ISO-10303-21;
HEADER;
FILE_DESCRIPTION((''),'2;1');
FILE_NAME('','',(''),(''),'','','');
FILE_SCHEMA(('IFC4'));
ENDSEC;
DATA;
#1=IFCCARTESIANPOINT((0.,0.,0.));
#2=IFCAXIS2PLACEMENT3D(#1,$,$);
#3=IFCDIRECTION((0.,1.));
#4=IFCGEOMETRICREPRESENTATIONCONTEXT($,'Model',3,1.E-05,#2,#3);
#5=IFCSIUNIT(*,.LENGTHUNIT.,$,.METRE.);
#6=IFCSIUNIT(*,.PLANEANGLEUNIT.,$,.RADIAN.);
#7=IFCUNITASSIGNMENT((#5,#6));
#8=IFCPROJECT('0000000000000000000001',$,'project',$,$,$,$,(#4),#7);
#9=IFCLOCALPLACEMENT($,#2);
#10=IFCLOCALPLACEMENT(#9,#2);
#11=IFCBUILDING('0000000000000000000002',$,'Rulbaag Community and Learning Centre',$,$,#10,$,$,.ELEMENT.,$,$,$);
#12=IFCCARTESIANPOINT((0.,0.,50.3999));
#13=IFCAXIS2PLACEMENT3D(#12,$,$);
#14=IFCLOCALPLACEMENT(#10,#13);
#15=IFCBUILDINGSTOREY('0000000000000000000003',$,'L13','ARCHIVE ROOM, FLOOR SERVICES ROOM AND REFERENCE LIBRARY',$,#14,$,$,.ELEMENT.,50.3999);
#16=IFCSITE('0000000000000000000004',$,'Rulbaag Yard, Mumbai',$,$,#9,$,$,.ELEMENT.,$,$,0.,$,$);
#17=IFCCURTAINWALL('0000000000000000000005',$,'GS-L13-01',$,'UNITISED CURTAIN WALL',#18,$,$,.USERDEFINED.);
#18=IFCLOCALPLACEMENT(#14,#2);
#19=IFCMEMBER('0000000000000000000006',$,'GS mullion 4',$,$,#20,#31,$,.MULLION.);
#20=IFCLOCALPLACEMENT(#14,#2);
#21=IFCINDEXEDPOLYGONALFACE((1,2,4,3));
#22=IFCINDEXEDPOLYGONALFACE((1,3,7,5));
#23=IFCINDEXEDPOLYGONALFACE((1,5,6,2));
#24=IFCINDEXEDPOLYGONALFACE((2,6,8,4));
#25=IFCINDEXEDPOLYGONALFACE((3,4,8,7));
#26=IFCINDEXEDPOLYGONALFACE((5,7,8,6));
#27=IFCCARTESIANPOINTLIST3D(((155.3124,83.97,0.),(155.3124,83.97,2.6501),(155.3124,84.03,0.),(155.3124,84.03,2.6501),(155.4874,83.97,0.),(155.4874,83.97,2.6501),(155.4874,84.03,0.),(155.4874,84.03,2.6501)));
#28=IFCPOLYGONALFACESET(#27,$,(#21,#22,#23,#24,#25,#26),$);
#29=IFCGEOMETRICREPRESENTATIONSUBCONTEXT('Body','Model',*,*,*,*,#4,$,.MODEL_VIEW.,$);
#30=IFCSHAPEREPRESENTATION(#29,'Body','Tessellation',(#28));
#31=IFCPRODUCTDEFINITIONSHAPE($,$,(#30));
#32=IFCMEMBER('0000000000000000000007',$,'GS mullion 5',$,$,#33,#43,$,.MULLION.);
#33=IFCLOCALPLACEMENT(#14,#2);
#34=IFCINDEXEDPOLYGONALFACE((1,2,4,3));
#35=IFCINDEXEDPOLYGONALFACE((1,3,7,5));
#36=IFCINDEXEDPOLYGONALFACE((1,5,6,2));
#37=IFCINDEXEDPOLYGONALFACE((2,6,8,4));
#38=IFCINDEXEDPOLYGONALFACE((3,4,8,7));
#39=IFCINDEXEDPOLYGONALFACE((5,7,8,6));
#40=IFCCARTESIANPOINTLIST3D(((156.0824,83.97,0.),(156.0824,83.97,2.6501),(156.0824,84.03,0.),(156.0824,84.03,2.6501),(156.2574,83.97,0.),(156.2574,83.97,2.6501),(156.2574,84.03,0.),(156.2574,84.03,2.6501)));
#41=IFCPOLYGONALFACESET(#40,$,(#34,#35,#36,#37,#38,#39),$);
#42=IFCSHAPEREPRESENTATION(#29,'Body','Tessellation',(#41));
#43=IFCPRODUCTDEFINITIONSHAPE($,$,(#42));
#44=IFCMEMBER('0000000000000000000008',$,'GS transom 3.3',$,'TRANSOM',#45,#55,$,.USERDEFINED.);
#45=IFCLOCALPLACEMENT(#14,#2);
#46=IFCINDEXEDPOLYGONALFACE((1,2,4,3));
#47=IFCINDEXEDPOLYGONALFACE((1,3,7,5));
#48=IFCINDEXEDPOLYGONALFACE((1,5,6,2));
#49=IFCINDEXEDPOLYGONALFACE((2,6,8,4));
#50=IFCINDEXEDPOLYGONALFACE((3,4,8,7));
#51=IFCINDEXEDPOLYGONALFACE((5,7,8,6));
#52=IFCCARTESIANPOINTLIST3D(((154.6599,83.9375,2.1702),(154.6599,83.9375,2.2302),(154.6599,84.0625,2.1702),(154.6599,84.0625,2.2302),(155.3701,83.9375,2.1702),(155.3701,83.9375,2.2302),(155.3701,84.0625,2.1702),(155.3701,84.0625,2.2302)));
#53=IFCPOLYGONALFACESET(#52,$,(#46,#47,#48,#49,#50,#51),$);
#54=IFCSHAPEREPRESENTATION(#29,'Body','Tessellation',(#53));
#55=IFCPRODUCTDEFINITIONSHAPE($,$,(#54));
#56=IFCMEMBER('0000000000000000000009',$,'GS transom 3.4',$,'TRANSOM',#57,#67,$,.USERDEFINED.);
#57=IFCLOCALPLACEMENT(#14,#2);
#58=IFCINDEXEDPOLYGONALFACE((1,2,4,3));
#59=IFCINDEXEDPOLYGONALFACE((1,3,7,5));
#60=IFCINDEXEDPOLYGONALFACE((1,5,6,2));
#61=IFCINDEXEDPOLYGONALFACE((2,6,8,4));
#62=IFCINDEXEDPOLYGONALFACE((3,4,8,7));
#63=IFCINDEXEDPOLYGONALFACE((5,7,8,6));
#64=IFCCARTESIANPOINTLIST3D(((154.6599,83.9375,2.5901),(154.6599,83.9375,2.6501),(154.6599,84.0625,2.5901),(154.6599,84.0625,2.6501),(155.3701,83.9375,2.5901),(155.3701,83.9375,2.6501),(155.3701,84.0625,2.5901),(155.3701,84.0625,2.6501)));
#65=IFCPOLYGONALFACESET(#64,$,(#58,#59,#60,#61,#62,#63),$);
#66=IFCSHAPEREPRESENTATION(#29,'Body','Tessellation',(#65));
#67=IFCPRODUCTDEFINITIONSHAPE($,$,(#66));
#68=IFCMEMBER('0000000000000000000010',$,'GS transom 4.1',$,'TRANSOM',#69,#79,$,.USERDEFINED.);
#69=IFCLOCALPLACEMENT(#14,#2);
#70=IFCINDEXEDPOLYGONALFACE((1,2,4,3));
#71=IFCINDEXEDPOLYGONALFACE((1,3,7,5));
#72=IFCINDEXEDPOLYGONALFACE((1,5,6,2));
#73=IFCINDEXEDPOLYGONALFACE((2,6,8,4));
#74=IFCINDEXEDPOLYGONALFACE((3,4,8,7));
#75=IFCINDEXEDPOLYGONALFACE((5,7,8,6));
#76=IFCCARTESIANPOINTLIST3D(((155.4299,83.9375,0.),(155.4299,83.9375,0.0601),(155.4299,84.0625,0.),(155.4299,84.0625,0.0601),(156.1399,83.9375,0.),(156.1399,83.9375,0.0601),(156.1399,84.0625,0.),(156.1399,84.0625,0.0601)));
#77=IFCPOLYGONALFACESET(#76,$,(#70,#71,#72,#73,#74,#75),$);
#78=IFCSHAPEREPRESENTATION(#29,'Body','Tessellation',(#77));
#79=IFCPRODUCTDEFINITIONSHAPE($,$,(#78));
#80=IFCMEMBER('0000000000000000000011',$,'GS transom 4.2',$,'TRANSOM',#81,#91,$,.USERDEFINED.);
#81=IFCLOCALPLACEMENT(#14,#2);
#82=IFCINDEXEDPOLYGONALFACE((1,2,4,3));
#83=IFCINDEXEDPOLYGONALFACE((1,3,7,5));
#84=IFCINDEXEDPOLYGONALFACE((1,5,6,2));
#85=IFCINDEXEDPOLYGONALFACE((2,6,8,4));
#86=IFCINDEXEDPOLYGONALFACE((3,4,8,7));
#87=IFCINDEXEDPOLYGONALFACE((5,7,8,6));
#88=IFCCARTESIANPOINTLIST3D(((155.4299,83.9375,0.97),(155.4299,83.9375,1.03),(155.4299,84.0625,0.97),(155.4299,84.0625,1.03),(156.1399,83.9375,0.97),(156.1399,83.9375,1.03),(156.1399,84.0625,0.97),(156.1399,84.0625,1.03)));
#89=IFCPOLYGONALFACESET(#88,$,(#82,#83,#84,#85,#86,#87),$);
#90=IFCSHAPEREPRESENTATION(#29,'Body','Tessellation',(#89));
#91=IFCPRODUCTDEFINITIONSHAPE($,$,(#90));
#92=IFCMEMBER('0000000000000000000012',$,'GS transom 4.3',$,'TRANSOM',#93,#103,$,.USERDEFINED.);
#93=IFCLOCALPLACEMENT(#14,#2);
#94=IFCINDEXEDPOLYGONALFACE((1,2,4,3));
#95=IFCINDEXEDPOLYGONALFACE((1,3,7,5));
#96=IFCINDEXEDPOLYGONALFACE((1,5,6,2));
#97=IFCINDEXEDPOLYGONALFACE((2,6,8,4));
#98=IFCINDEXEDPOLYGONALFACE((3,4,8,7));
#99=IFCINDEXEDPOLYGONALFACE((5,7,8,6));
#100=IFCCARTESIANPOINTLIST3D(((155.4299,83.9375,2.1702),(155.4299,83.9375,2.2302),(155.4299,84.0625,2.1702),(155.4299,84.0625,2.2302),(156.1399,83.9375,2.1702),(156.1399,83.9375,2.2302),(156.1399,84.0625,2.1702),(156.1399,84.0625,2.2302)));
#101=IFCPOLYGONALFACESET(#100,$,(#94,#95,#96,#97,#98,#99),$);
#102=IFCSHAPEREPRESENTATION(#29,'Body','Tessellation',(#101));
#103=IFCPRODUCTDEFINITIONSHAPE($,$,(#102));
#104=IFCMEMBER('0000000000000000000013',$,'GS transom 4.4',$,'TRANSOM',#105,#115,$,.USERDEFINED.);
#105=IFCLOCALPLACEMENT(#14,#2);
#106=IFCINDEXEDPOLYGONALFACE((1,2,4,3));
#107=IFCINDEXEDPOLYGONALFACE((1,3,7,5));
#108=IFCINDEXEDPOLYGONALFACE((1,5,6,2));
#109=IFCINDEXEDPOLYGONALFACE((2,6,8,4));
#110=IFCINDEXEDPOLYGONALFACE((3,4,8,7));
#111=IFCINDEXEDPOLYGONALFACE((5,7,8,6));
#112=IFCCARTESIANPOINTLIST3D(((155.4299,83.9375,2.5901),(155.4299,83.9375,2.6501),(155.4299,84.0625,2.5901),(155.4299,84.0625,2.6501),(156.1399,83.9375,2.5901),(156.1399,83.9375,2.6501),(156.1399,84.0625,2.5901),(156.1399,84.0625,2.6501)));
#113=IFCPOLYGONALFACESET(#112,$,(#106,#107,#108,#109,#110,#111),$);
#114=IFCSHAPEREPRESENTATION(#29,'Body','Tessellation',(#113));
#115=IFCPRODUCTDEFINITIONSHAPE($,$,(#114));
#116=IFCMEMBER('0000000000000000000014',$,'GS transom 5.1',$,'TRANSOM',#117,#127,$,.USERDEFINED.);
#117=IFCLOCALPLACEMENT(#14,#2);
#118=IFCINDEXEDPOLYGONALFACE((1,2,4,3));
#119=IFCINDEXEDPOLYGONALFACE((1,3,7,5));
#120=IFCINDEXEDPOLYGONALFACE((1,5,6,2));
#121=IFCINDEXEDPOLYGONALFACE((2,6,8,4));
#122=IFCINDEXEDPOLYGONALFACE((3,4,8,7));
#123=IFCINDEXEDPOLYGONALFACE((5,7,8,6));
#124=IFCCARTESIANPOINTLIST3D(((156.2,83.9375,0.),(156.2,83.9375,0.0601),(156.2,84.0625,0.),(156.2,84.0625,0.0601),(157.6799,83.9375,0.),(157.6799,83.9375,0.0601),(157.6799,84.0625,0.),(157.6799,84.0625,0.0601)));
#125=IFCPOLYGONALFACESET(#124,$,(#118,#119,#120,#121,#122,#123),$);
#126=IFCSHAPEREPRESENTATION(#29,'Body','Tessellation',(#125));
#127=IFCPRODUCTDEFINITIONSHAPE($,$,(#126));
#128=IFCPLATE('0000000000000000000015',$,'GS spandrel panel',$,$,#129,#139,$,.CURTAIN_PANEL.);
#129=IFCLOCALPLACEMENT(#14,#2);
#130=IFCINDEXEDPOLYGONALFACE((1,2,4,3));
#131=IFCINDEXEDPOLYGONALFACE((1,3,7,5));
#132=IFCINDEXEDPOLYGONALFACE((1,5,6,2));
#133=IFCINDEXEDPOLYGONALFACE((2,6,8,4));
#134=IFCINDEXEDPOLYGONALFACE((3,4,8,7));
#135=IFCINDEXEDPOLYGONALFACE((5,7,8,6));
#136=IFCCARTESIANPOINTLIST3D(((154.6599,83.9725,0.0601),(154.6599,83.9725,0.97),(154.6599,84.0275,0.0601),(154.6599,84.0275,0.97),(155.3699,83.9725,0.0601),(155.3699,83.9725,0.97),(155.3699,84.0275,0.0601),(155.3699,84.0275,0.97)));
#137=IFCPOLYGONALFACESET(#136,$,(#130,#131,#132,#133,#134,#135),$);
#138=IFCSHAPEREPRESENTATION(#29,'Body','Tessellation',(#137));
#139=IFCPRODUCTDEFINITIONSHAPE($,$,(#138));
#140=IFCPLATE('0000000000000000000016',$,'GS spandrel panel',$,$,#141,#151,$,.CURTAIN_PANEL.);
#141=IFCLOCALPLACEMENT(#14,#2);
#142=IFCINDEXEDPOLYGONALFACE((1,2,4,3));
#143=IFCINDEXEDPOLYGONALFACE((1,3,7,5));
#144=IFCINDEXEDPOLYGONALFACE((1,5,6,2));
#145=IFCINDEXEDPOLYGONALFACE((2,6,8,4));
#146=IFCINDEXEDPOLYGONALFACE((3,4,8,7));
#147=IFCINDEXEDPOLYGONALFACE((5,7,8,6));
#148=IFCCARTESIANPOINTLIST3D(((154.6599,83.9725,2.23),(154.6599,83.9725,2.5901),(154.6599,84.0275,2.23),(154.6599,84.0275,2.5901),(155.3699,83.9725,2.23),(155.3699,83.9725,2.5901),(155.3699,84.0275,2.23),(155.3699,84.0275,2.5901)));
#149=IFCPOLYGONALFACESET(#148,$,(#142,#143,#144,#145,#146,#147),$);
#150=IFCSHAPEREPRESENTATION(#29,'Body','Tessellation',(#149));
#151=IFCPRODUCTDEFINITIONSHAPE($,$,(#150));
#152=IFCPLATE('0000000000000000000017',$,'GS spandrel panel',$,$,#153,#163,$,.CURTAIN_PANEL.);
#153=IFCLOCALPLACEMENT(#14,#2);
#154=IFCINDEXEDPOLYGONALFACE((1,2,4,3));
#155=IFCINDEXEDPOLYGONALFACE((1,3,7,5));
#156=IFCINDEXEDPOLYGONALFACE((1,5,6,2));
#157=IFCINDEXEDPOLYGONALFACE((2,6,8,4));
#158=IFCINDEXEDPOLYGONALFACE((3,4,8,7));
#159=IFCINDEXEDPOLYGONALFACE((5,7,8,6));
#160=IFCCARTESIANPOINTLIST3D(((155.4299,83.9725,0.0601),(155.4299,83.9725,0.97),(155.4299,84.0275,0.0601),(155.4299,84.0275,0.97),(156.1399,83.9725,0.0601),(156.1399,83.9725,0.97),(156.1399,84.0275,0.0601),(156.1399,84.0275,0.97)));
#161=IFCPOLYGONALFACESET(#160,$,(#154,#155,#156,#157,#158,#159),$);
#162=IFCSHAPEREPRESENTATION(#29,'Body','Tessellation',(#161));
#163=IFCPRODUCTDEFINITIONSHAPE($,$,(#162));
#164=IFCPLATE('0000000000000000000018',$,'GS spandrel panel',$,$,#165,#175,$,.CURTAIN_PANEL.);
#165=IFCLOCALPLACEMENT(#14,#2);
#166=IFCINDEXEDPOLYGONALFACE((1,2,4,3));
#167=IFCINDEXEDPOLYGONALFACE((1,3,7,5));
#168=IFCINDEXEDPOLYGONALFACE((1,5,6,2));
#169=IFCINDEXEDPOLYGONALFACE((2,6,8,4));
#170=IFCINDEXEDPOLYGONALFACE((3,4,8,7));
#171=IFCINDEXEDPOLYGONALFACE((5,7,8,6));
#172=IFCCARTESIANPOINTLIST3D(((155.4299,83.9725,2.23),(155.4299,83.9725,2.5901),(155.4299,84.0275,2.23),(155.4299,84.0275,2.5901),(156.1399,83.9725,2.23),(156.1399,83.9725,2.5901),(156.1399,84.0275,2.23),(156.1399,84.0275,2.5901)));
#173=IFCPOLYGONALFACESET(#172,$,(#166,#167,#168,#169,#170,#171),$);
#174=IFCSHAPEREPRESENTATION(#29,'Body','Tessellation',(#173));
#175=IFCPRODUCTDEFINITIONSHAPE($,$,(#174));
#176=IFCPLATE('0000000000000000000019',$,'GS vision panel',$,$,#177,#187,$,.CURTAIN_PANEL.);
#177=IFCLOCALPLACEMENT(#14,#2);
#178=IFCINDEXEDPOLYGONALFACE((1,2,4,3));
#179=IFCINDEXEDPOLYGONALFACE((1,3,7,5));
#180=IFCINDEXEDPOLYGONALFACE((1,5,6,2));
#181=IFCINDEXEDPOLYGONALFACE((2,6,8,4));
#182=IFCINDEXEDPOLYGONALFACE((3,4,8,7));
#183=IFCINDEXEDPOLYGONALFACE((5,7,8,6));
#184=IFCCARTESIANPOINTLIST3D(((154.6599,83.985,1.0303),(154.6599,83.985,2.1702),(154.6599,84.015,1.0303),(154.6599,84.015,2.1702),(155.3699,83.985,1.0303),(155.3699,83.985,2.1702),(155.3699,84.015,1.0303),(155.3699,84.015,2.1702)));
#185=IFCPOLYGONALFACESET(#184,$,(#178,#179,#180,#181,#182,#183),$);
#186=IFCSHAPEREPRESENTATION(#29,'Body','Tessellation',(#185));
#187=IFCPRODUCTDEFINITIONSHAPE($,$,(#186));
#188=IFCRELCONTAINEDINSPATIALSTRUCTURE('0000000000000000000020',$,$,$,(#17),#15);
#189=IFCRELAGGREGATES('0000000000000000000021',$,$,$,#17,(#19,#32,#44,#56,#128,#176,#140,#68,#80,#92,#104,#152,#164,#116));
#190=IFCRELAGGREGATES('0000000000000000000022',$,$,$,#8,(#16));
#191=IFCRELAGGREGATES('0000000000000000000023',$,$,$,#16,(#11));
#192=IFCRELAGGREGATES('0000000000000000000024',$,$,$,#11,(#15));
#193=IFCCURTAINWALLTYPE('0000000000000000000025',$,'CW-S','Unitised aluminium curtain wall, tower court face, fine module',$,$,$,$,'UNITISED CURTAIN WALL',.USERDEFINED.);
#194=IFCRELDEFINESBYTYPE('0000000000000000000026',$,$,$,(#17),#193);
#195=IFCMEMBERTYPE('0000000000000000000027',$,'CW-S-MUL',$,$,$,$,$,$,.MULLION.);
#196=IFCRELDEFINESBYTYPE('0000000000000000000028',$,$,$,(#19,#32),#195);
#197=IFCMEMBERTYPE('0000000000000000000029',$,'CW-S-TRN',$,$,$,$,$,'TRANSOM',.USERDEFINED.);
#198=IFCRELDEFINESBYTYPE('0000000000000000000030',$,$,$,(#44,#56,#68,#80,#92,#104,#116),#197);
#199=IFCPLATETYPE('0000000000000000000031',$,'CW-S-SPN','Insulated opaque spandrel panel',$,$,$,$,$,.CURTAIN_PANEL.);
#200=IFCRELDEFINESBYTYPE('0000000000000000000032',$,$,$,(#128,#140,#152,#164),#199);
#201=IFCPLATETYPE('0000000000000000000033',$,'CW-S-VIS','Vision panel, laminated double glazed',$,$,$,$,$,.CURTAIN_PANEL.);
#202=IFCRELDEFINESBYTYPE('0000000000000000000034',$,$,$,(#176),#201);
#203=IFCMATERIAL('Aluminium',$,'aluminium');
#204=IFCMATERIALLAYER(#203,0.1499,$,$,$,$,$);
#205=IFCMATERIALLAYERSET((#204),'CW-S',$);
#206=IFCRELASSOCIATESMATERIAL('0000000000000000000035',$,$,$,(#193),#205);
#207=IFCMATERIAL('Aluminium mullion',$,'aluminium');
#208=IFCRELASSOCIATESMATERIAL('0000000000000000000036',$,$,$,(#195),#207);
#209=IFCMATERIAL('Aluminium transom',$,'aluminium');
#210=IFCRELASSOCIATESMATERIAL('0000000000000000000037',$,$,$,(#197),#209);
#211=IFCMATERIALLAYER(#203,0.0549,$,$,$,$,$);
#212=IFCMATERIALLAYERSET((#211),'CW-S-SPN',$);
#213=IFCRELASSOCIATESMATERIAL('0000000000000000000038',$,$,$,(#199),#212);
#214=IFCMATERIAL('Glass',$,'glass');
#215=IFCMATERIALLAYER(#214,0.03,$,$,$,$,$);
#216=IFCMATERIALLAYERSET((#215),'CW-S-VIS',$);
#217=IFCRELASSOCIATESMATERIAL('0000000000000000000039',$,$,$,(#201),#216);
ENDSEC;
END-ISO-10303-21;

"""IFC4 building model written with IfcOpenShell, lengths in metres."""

from ifc_helpers import new_model, si_unit, direction, frame, origin, origin_2d, place, context, subcontext, project, spatial, rectangle, extrude, material, layer, layer_set, material_profile, profile_set, type_object, element, aggregate, save


model = new_model("IFC4")

# Units and contexts
model_context = context("Model", 3, precision=1e-05, world=origin(), true_north=direction((0.0, 1.0)))
body_context = subcontext(model_context, "Body", "Model", "MODEL_VIEW")
ifc_project = project(units=[si_unit("LENGTHUNIT", "METRE"), si_unit("PLANEANGLEUNIT", "RADIAN")], contexts=[model_context])

# Site, building, storey
site_placement = place(None, origin())
site = spatial("IfcSite", under=ifc_project, at=site_placement, Name="Rulbaag Yard, Mumbai", CompositionType="ELEMENT", RefElevation=0.0)
building_placement = place(site_placement, origin())
building = spatial("IfcBuilding", under=site, at=building_placement, Name="Rulbaag Community and Learning Centre", CompositionType="ELEMENT")
storey_placement = place(building_placement, frame((0.0, 0.0, 50.3999)))
storey = spatial("IfcBuildingStorey", under=building, at=storey_placement, Name="L13", Description="ARCHIVE ROOM, FLOOR SERVICES ROOM AND REFERENCE LIBRARY", CompositionType="ELEMENT", Elevation=50.3999)

# Curtain wall, members, plates
ifc_material_1 = material(Name="Aluminium", Category="aluminium")
ifc_layer_1 = layer(ifc_material_1, 0.1499)
ifc_layer_set_1 = layer_set([ifc_layer_1], Name="CW-S")
curtain_wall_type = type_object("IfcCurtainWallType", Name="CW-S", Description="Unitised aluminium curtain wall, tower court face, fine module", ElementType="UNITISED CURTAIN WALL", PredefinedType="USERDEFINED", material=ifc_layer_set_1)
curtain_wall_placement = place(storey_placement, origin())
curtain_wall = element("IfcCurtainWall", 1, at=curtain_wall_placement, inside=storey, type_object=curtain_wall_type, Name="GS-L13-01", ObjectType="UNITISED CURTAIN WALL", PredefinedType="USERDEFINED")
ifc_material_2 = material(Name="Aluminium mullion", Category="aluminium")
ifc_material_profile_1 = material_profile(ifc_material_2, rectangle(XDim=0.0601, YDim=0.175, at=origin_2d()), Name="AL 60x175")
ifc_profile_set_1 = profile_set([ifc_material_profile_1], Name="Aluminium mullion")
member_type_1 = type_object("IfcMemberType", Name="CW-S-MUL", PredefinedType="MULLION", material=ifc_profile_set_1)
member_1_placement = place(storey_placement, frame((155.3999, 84.0, 0.0), z_axis=(0.0, 0.0, 1.0), x_axis=(0.0, 1.0, 0.0)))
member_1 = element("IfcMember", 2, at=member_1_placement, type_object=member_type_1, Name="GS mullion 4", PredefinedType="MULLION", context=body_context, shape_type="SweptSolid", body=[
    extrude(rectangle(XDim=0.0601, YDim=0.175, at=origin_2d()), origin(), (0.0, 0.0, 1.0), 2.6501),
])
member_2_placement = place(storey_placement, frame((156.1699, 84.0, 0.0), z_axis=(0.0, 0.0, 1.0), x_axis=(0.0, 1.0, 0.0)))
member_2 = element("IfcMember", 3, at=member_2_placement, type_object=member_type_1, Name="GS mullion 5", PredefinedType="MULLION", context=body_context, shape_type="SweptSolid", body=[
    extrude(rectangle(XDim=0.0601, YDim=0.175, at=origin_2d()), origin(), (0.0, 0.0, 1.0), 2.6501),
])
ifc_material_3 = material(Name="Aluminium transom", Category="aluminium")
ifc_material_profile_2 = material_profile(ifc_material_3, rectangle(XDim=0.125, YDim=0.0601, at=origin_2d()), Name="AL 60x125 T")
ifc_profile_set_2 = profile_set([ifc_material_profile_2], Name="Aluminium transom")
member_type_2 = type_object("IfcMemberType", Name="CW-S-TRN", ElementType="TRANSOM", PredefinedType="USERDEFINED", material=ifc_profile_set_2)
member_3_placement = place(storey_placement, frame((154.6599, 84.0, 2.2002), z_axis=(1.0, 0.0, 0.0), x_axis=(0.0, 1.0, 0.0)))
member_3 = element("IfcMember", 4, at=member_3_placement, type_object=member_type_2, Name="GS transom 3.3", ObjectType="TRANSOM", PredefinedType="USERDEFINED", context=body_context, shape_type="SweptSolid", body=[
    extrude(rectangle(XDim=0.125, YDim=0.0601, at=origin_2d()), origin(), (0.0, 0.0, 1.0), 0.7102),
])
member_4_placement = place(storey_placement, frame((154.6599, 84.0, 2.6201), z_axis=(1.0, 0.0, 0.0), x_axis=(0.0, 1.0, 0.0)))
member_4 = element("IfcMember", 5, at=member_4_placement, type_object=member_type_2, Name="GS transom 3.4", ObjectType="TRANSOM", PredefinedType="USERDEFINED", context=body_context, shape_type="SweptSolid", body=[
    extrude(rectangle(XDim=0.125, YDim=0.0601, at=origin_2d()), origin(), (0.0, 0.0, 1.0), 0.7102),
])
member_5_placement = place(storey_placement, frame((155.4299, 84.0, 0.03), z_axis=(1.0, 0.0, 0.0), x_axis=(0.0, 1.0, 0.0)))
member_5 = element("IfcMember", 6, at=member_5_placement, type_object=member_type_2, Name="GS transom 4.1", ObjectType="TRANSOM", PredefinedType="USERDEFINED", context=body_context, shape_type="SweptSolid", body=[
    extrude(rectangle(XDim=0.125, YDim=0.0601, at=origin_2d()), origin(), (0.0, 0.0, 1.0), 0.71),
])
member_6_placement = place(storey_placement, frame((155.4299, 84.0, 1.0), z_axis=(1.0, 0.0, 0.0), x_axis=(0.0, 1.0, 0.0)))
member_6 = element("IfcMember", 7, at=member_6_placement, type_object=member_type_2, Name="GS transom 4.2", ObjectType="TRANSOM", PredefinedType="USERDEFINED", context=body_context, shape_type="SweptSolid", body=[
    extrude(rectangle(XDim=0.125, YDim=0.0601, at=origin_2d()), origin(), (0.0, 0.0, 1.0), 0.71),
])
member_7_placement = place(storey_placement, frame((155.4299, 84.0, 2.2002), z_axis=(1.0, 0.0, 0.0), x_axis=(0.0, 1.0, 0.0)))
member_7 = element("IfcMember", 8, at=member_7_placement, type_object=member_type_2, Name="GS transom 4.3", ObjectType="TRANSOM", PredefinedType="USERDEFINED", context=body_context, shape_type="SweptSolid", body=[
    extrude(rectangle(XDim=0.125, YDim=0.0601, at=origin_2d()), origin(), (0.0, 0.0, 1.0), 0.71),
])
member_8_placement = place(storey_placement, frame((155.4299, 84.0, 2.6201), z_axis=(1.0, 0.0, 0.0), x_axis=(0.0, 1.0, 0.0)))
member_8 = element("IfcMember", 9, at=member_8_placement, type_object=member_type_2, Name="GS transom 4.4", ObjectType="TRANSOM", PredefinedType="USERDEFINED", context=body_context, shape_type="SweptSolid", body=[
    extrude(rectangle(XDim=0.125, YDim=0.0601, at=origin_2d()), origin(), (0.0, 0.0, 1.0), 0.71),
])
member_9_placement = place(storey_placement, frame((156.2, 84.0, 0.03), z_axis=(1.0, 0.0, 0.0), x_axis=(0.0, 1.0, 0.0)))
member_9 = element("IfcMember", 10, at=member_9_placement, type_object=member_type_2, Name="GS transom 5.1", ObjectType="TRANSOM", PredefinedType="USERDEFINED", context=body_context, shape_type="SweptSolid", body=[
    extrude(rectangle(XDim=0.125, YDim=0.0601, at=origin_2d()), origin(), (0.0, 0.0, 1.0), 1.48),
])
ifc_layer_2 = layer(ifc_material_1, 0.0549)
ifc_layer_set_2 = layer_set([ifc_layer_2], Name="CW-S-SPN")
plate_type_1 = type_object("IfcPlateType", Name="CW-S-SPN", Description="Insulated opaque spandrel panel", PredefinedType="CURTAIN_PANEL", material=ifc_layer_set_2)
plate_1_placement = place(storey_placement, frame((155.0149, 84.0, 0.0601), z_axis=(0.0, 0.0, 1.0), x_axis=(1.0, 0.0, 0.0)))
plate_1 = element("IfcPlate", 11, at=plate_1_placement, type_object=plate_type_1, Name="GS spandrel panel", PredefinedType="CURTAIN_PANEL", context=body_context, shape_type="SweptSolid", body=[
    extrude(rectangle(XDim=0.71, YDim=0.0549, at=origin_2d()), origin(), (0.0, 0.0, 1.0), 0.9099),
])
plate_2_placement = place(storey_placement, frame((155.0149, 84.0, 2.23), z_axis=(0.0, 0.0, 1.0), x_axis=(1.0, 0.0, 0.0)))
plate_2 = element("IfcPlate", 12, at=plate_2_placement, type_object=plate_type_1, Name="GS spandrel panel", PredefinedType="CURTAIN_PANEL", context=body_context, shape_type="SweptSolid", body=[
    extrude(rectangle(XDim=0.71, YDim=0.0549, at=origin_2d()), origin(), (0.0, 0.0, 1.0), 0.3601),
])
plate_3_placement = place(storey_placement, frame((155.7849, 84.0, 0.0601), z_axis=(0.0, 0.0, 1.0), x_axis=(1.0, 0.0, 0.0)))
plate_3 = element("IfcPlate", 13, at=plate_3_placement, type_object=plate_type_1, Name="GS spandrel panel", PredefinedType="CURTAIN_PANEL", context=body_context, shape_type="SweptSolid", body=[
    extrude(rectangle(XDim=0.71, YDim=0.0549, at=origin_2d()), origin(), (0.0, 0.0, 1.0), 0.9099),
])
plate_4_placement = place(storey_placement, frame((155.7849, 84.0, 2.23), z_axis=(0.0, 0.0, 1.0), x_axis=(1.0, 0.0, 0.0)))
plate_4 = element("IfcPlate", 14, at=plate_4_placement, type_object=plate_type_1, Name="GS spandrel panel", PredefinedType="CURTAIN_PANEL", context=body_context, shape_type="SweptSolid", body=[
    extrude(rectangle(XDim=0.71, YDim=0.0549, at=origin_2d()), origin(), (0.0, 0.0, 1.0), 0.3601),
])
ifc_material_4 = material(Name="Glass", Category="glass")
ifc_layer_3 = layer(ifc_material_4, 0.03)
ifc_layer_set_3 = layer_set([ifc_layer_3], Name="CW-S-VIS")
plate_type_2 = type_object("IfcPlateType", Name="CW-S-VIS", Description="Vision panel, laminated double glazed", PredefinedType="CURTAIN_PANEL", material=ifc_layer_set_3)
plate_5_placement = place(storey_placement, frame((155.0149, 84.0, 1.0303), z_axis=(0.0, 0.0, 1.0), x_axis=(1.0, 0.0, 0.0)))
plate_5 = element("IfcPlate", 15, at=plate_5_placement, type_object=plate_type_2, Name="GS vision panel", PredefinedType="CURTAIN_PANEL", context=body_context, shape_type="SweptSolid", body=[
    extrude(rectangle(XDim=0.71, YDim=0.03, at=origin_2d()), origin(), (0.0, 0.0, 1.0), 1.1399),
])
aggregate(curtain_wall, [member_1, member_2, member_3, member_4, plate_1, plate_5, plate_2, member_5, member_6, member_7, member_8, plate_3, plate_4, member_9])

save(model, "model.ifc")
